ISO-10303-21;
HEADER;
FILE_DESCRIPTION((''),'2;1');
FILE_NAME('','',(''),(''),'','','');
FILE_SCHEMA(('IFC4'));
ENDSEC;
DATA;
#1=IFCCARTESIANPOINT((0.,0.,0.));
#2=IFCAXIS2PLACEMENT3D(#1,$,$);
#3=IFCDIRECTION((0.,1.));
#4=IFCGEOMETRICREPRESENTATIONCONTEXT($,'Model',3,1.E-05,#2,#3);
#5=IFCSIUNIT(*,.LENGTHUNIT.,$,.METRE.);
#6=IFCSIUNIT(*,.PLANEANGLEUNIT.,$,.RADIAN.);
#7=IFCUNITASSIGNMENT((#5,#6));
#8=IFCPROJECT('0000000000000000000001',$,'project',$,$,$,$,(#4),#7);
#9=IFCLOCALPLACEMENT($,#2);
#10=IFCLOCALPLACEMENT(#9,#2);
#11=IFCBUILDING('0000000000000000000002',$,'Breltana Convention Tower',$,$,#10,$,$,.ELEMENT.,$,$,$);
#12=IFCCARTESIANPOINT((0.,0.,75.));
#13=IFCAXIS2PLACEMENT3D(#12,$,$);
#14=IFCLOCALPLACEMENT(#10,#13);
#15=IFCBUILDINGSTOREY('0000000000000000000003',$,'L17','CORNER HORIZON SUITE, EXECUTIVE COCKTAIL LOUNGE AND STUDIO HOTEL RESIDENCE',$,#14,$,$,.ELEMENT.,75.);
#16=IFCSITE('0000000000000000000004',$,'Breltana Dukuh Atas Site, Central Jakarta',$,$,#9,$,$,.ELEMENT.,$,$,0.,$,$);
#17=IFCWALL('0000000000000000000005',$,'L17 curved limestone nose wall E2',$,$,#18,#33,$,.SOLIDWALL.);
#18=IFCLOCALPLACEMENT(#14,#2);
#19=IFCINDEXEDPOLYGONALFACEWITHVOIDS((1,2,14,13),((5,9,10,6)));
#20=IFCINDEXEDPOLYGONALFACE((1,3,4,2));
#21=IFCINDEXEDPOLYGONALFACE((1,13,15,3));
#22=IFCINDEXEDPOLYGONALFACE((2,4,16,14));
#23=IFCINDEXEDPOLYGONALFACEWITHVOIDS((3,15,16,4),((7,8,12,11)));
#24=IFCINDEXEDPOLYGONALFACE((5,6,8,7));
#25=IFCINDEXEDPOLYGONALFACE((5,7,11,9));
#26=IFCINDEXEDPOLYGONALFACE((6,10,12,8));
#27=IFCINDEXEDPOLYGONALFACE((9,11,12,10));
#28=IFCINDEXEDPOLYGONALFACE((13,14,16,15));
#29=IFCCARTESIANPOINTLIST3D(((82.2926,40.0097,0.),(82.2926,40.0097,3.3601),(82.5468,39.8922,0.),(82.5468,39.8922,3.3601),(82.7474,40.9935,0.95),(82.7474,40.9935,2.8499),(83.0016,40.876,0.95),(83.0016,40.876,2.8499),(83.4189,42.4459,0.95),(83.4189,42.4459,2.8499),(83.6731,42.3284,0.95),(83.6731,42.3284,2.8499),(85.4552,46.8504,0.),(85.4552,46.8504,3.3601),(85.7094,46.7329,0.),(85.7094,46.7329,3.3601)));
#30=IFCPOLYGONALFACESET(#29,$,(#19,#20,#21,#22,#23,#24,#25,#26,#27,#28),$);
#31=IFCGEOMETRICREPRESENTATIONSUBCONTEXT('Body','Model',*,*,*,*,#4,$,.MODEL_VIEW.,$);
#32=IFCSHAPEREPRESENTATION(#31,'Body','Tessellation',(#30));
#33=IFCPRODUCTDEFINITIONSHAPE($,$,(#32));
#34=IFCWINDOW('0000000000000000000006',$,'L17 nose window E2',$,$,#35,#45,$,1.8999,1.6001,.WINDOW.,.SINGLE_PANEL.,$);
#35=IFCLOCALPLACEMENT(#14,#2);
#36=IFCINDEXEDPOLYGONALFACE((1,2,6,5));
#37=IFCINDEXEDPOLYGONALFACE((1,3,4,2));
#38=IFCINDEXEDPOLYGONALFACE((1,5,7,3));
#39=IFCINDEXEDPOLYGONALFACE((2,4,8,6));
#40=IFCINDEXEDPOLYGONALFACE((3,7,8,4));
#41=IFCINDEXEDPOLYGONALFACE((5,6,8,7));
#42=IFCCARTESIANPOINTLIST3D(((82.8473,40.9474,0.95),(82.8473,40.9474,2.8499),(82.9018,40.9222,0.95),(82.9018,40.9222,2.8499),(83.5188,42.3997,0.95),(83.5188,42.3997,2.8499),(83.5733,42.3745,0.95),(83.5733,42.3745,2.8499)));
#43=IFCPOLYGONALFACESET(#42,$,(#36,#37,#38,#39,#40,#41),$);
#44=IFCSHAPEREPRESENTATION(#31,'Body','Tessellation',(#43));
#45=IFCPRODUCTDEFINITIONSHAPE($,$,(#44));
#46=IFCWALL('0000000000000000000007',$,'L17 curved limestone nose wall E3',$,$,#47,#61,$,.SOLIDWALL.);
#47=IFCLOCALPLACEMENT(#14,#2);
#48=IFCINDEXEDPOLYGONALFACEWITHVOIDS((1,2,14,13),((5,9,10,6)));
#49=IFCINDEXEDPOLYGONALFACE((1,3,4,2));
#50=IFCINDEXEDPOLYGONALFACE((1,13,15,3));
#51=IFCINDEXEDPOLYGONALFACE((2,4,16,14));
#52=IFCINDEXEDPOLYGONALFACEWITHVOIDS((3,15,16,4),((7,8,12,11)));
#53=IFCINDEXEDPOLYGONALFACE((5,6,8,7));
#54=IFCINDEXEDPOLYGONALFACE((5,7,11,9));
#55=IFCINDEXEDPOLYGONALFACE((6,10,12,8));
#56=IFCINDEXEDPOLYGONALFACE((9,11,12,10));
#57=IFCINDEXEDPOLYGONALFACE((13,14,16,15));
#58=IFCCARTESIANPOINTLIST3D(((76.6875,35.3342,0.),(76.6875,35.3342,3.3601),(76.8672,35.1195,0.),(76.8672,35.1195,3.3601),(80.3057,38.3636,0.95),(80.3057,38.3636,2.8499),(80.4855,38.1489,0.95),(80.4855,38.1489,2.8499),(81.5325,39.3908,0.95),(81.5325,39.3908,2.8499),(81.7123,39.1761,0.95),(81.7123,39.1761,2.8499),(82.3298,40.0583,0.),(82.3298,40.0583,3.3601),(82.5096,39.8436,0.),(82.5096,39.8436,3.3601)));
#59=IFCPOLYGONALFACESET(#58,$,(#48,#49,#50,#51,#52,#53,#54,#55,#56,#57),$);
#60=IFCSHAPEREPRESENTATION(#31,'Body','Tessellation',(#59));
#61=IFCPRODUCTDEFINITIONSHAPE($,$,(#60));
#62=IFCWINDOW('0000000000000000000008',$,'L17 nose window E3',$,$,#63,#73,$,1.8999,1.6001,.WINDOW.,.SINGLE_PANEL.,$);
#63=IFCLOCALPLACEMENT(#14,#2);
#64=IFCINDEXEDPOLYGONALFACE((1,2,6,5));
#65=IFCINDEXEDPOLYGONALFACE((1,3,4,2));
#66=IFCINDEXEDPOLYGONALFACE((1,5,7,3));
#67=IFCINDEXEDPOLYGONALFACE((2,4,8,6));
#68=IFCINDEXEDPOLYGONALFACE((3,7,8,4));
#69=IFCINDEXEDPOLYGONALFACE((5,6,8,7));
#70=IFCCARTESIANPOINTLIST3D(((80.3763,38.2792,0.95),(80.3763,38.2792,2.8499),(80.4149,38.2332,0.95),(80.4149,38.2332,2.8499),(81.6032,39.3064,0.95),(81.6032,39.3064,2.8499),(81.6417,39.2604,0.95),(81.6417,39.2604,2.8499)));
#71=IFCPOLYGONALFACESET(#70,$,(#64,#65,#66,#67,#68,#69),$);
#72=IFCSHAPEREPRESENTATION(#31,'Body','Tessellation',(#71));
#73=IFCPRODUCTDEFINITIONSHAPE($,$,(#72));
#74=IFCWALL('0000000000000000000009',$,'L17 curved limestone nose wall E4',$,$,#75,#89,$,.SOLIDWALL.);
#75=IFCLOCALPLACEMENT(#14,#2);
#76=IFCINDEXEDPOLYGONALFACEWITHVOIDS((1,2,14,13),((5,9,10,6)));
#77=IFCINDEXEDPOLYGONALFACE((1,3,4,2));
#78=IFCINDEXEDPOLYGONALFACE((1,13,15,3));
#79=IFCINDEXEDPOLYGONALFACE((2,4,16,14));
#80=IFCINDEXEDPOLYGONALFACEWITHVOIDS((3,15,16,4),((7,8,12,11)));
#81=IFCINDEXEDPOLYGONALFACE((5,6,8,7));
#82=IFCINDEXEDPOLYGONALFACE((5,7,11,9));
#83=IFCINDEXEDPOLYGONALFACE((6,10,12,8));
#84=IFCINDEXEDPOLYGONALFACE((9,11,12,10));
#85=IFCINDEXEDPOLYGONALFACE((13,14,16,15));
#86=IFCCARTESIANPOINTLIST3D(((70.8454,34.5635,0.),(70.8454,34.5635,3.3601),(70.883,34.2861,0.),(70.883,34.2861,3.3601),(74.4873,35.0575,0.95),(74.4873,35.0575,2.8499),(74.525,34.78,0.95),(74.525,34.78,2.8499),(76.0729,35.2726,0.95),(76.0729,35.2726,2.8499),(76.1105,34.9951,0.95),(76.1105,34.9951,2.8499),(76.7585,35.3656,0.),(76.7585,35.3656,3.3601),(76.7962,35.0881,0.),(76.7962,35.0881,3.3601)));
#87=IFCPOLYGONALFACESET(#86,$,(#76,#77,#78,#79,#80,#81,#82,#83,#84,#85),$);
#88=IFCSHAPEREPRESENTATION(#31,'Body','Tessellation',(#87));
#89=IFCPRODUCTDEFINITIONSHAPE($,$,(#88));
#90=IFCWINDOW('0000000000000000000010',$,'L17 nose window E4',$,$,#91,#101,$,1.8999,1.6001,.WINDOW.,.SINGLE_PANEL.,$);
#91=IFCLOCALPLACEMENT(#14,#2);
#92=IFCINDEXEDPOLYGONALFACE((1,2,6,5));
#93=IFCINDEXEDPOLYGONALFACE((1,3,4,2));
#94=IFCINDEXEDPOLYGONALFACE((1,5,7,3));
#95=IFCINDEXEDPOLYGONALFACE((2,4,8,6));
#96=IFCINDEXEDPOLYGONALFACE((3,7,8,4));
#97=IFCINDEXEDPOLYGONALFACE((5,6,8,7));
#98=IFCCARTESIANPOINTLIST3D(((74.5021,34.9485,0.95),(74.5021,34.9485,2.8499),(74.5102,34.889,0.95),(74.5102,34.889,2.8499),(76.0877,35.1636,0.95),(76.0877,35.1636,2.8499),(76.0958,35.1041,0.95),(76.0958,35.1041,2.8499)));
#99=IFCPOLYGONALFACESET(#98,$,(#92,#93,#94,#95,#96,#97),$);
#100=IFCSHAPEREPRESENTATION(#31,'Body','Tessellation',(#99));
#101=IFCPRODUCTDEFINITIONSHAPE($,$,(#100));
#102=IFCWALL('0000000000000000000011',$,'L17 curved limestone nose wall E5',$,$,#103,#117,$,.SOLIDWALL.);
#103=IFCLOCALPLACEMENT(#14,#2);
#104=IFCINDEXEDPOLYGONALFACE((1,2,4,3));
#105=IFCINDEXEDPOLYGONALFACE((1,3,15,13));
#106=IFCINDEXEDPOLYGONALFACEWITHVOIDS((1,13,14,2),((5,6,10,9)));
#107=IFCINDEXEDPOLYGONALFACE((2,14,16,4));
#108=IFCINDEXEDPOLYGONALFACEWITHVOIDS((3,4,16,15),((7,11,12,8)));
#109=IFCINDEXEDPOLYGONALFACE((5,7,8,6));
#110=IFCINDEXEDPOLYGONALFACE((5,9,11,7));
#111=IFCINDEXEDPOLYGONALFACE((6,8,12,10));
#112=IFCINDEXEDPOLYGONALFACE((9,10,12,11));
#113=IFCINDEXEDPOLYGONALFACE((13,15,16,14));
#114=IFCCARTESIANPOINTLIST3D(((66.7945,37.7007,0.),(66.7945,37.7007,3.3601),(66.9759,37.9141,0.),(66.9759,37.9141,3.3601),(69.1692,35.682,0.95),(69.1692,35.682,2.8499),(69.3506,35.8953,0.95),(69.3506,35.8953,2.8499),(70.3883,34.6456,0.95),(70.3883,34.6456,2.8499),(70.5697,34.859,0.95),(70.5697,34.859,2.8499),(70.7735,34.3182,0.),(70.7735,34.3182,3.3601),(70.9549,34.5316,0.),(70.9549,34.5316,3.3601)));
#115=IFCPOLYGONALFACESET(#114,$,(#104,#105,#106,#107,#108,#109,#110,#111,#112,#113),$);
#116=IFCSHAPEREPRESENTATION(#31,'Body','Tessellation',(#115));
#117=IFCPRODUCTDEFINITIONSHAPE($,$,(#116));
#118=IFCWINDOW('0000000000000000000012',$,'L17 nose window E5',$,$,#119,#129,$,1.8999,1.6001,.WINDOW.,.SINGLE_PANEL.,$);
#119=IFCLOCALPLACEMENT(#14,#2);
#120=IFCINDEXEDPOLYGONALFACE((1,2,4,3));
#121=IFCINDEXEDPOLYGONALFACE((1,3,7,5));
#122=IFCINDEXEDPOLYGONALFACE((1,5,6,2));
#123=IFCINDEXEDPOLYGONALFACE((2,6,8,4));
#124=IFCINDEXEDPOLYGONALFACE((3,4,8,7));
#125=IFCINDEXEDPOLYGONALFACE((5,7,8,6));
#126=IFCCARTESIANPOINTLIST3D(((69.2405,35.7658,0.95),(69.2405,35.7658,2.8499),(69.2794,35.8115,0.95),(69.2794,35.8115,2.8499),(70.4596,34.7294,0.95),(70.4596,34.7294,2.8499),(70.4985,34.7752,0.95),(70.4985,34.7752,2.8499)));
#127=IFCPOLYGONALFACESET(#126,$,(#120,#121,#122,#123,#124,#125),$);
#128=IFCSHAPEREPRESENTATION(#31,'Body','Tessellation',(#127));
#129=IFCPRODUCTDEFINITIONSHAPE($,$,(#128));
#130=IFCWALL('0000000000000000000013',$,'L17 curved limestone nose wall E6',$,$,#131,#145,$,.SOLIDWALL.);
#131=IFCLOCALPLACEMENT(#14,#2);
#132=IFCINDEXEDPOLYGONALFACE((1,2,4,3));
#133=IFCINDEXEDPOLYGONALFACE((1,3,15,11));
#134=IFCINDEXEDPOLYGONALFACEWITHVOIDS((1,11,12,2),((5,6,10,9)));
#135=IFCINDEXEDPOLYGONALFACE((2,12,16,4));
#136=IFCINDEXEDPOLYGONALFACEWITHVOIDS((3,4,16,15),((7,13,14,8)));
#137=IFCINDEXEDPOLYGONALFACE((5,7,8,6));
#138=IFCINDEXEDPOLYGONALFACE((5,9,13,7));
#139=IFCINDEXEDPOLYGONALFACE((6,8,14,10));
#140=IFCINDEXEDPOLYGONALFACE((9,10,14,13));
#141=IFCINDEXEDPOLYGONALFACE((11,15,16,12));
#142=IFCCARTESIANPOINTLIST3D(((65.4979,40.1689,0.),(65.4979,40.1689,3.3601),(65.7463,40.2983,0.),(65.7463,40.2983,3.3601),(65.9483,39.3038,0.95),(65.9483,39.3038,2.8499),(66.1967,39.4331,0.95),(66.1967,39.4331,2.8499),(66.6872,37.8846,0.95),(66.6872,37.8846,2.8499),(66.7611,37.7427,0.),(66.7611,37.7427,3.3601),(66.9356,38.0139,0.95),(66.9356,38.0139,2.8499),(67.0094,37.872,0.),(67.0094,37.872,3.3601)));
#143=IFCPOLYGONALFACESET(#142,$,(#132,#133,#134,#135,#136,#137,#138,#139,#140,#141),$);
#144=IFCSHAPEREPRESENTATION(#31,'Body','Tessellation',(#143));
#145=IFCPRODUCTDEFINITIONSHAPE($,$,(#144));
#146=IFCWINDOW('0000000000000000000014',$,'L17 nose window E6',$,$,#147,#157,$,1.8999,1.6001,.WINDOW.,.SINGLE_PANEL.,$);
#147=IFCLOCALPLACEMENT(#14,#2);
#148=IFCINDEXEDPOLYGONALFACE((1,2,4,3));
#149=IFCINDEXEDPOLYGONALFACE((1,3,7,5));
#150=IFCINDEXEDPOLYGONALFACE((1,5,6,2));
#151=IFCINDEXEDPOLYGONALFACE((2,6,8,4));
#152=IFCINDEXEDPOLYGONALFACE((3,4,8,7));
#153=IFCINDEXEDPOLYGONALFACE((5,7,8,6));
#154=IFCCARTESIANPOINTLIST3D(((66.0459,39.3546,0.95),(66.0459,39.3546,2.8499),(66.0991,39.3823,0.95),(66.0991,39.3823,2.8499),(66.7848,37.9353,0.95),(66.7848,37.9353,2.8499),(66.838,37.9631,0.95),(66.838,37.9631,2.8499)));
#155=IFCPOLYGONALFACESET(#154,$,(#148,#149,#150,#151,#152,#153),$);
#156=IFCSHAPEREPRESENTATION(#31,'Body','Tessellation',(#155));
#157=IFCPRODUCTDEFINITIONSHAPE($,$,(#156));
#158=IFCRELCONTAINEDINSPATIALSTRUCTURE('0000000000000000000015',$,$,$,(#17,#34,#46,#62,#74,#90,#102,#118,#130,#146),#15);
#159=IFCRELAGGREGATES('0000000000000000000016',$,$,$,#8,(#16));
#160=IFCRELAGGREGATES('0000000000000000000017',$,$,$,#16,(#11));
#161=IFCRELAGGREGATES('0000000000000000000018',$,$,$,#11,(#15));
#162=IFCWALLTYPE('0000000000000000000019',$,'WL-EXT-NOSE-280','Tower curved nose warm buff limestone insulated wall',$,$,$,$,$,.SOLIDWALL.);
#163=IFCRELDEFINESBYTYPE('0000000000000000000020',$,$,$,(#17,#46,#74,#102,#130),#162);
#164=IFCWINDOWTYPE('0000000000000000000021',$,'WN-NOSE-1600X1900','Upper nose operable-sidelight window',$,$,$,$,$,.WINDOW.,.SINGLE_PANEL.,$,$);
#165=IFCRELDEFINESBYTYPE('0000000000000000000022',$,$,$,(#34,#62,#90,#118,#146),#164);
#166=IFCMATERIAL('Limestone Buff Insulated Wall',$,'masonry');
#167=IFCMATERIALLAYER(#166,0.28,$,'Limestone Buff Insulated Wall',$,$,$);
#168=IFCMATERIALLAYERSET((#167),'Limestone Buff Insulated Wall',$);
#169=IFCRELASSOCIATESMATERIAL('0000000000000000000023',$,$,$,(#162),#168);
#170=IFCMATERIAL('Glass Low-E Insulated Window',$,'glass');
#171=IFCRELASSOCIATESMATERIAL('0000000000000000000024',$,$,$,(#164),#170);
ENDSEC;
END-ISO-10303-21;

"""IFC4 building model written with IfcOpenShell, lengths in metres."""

from ifc_helpers import new_model, si_unit, direction, frame, frame_2d, origin, place, context, subcontext, project, spatial, rectangle, extrude, source, transform, mapped, material, layer, layer_set, type_object, type_shapes, element, fill, save


model = new_model("IFC4")

# Units and contexts
model_context = context("Model", 3, precision=1e-05, world=origin(), true_north=direction((0.0, 1.0)))
body_context = subcontext(model_context, "Body", "Model", "MODEL_VIEW")
ifc_project = project(units=[si_unit("LENGTHUNIT", "METRE"), si_unit("PLANEANGLEUNIT", "RADIAN")], contexts=[model_context])

# Site, building, storey
site_placement = place(None, origin())
site = spatial("IfcSite", under=ifc_project, at=site_placement, Name="Breltana Dukuh Atas Site, Central Jakarta", CompositionType="ELEMENT", RefElevation=0.0)
building_placement = place(site_placement, origin())
building = spatial("IfcBuilding", under=site, at=building_placement, Name="Breltana Convention Tower", CompositionType="ELEMENT")
storey_placement = place(building_placement, frame((0.0, 0.0, 75.0)))
storey = spatial("IfcBuildingStorey", under=building, at=storey_placement, Name="L17", Description="CORNER HORIZON SUITE, EXECUTIVE COCKTAIL LOUNGE AND STUDIO HOTEL RESIDENCE", CompositionType="ELEMENT", Elevation=75.0)

# Walls, openings, windows
ifc_material_1 = material(Name="Limestone Buff Insulated Wall", Category="masonry")
ifc_layer_1 = layer(ifc_material_1, 0.28, Name="Limestone Buff Insulated Wall")
ifc_layer_set_1 = layer_set([ifc_layer_1], Name="Limestone Buff Insulated Wall")
wall_type_1 = type_object("IfcWallType", Name="WL-EXT-NOSE-280", Description="Tower curved nose warm buff limestone insulated wall", PredefinedType="SOLIDWALL", material=ifc_layer_set_1)
shared_shape_1 = source(origin(), body_context, "Body", "SweptSolid", [
    extrude(rectangle(XDim=7.5364, YDim=0.28, at=frame_2d((3.7681, 0.0))), origin(), (0.0, 0.0, 1.0), 3.3601),
])
wall_1_placement = place(storey_placement, frame((85.5823, 46.7915, 0.0), z_axis=(0.0, 0.0, 1.0), x_axis=(-0.41965, -0.907686, 0.0)))
wall_1 = element("IfcWall", 1, at=wall_1_placement, inside=storey, type_object=wall_type_1, Name="L17 curved limestone nose wall E2", PredefinedType="SOLIDWALL", context=body_context, shape_type="MappedRepresentation", body=[
    mapped(shared_shape_1, transform((0.0, 0.0, 0.0), scale=1.0)),
])
opening_1_placement = place(wall_1_placement, frame((4.8523, 0.0, 0.95)))
opening_1 = element("IfcOpeningElement", 2, at=opening_1_placement, cuts=wall_1, PredefinedType="OPENING", context=body_context, shape_type="SweptSolid", body=[
    extrude(rectangle(XDim=1.6001, YDim=1.8999, at=frame_2d((0.8, 0.95))), frame((0.0, 0.1499, 0.0), z_axis=(0.0, -1.0, 0.0), x_axis=(1.0, 0.0, 0.0)), (0.0, 0.0, 1.0), 0.3),
])
ifc_material_2 = material(Name="Glass Low-E Insulated Window", Category="glass")
window_type = type_object("IfcWindowType", Name="WN-NOSE-1600X1900", Description="Upper nose operable-sidelight window", PartitioningType="SINGLE_PANEL", PredefinedType="WINDOW", material=ifc_material_2)
shared_shape_2 = source(origin(), body_context, "Body", "SweptSolid", [
    extrude(rectangle(XDim=1.6001, YDim=1.8999, at=frame_2d((0.8, 0.95))), frame((0.0, 0.03, 0.0), z_axis=(0.0, -1.0, 0.0), x_axis=(1.0, 0.0, 0.0)), (0.0, 0.0, 1.0), 0.0601),
])
type_shapes(window_type, [shared_shape_2])
window_1_placement = place(opening_1_placement, origin())
window_1 = element("IfcWindow", 3, at=window_1_placement, inside=storey, type_object=window_type, Name="L17 nose window E2", OverallHeight=1.8999, OverallWidth=1.6001, PartitioningType="SINGLE_PANEL", PredefinedType="WINDOW", context=body_context, shape_type="MappedRepresentation", body=[
    mapped(shared_shape_2, transform((0.0, 0.0, 0.0), scale=1.0)),
])
fill(opening_1, window_1)
shared_shape_3 = source(origin(), body_context, "Body", "SweptSolid", [
    extrude(rectangle(XDim=7.3589, YDim=0.28, at=frame_2d((3.6794, 0.0))), origin(), (0.0, 0.0, 1.0), 3.3601),
])
wall_2_placement = place(storey_placement, frame((82.4197, 39.9509, 0.0), z_axis=(0.0, 0.0, 1.0), x_axis=(-0.766737, -0.641961, 0.0)))
wall_2 = element("IfcWall", 4, at=wall_2_placement, inside=storey, type_object=wall_type_1, Name="L17 curved limestone nose wall E3", PredefinedType="SOLIDWALL", context=body_context, shape_type="MappedRepresentation", body=[
    mapped(shared_shape_3, transform((0.0, 0.0, 0.0), scale=1.0)),
])
opening_2_placement = place(wall_2_placement, frame((1.0398, 0.0, 0.95)))
opening_2 = element("IfcOpeningElement", 5, at=opening_2_placement, cuts=wall_2, PredefinedType="OPENING", context=body_context, shape_type="SweptSolid", body=[
    extrude(rectangle(XDim=1.6001, YDim=1.8999, at=frame_2d((0.8, 0.95))), frame((0.0, 0.1499, 0.0), z_axis=(0.0, -1.0, 0.0), x_axis=(1.0, 0.0, 0.0)), (0.0, 0.0, 1.0), 0.3),
])
window_2_placement = place(opening_2_placement, origin())
window_2 = element("IfcWindow", 6, at=window_2_placement, inside=storey, type_object=window_type, Name="L17 nose window E3", OverallHeight=1.8999, OverallWidth=1.6001, PartitioningType="SINGLE_PANEL", PredefinedType="WINDOW", context=body_context, shape_type="MappedRepresentation", body=[
    mapped(shared_shape_2, transform((0.0, 0.0, 0.0), scale=1.0)),
])
fill(opening_2, window_2)
shared_shape_4 = source(origin(), body_context, "Body", "SweptSolid", [
    extrude(rectangle(XDim=5.9673, YDim=0.28, at=frame_2d((2.9836, 0.0))), origin(), (0.0, 0.0, 1.0), 3.3601),
])
wall_3_placement = place(storey_placement, frame((76.7773, 35.2268, 0.0), z_axis=(0.0, 0.0, 1.0), x_axis=(-0.990927, -0.134401, 0.0)))
wall_3 = element("IfcWall", 7, at=wall_3_placement, inside=storey, type_object=wall_type_1, Name="L17 curved limestone nose wall E4", PredefinedType="SOLIDWALL", context=body_context, shape_type="MappedRepresentation", body=[
    mapped(shared_shape_4, transform((0.0, 0.0, 0.0), scale=1.0)),
])
opening_3_placement = place(wall_3_placement, frame((0.6919, 0.0, 0.95)))
opening_3 = element("IfcOpeningElement", 8, at=opening_3_placement, cuts=wall_3, PredefinedType="OPENING", context=body_context, shape_type="SweptSolid", body=[
    extrude(rectangle(XDim=1.6001, YDim=1.8999, at=frame_2d((0.8, 0.95))), frame((0.0, 0.1499, 0.0), z_axis=(0.0, -1.0, 0.0), x_axis=(1.0, 0.0, 0.0)), (0.0, 0.0, 1.0), 0.3),
])
window_3_placement = place(opening_3_placement, origin())
window_3 = element("IfcWindow", 9, at=window_3_placement, inside=storey, type_object=window_type, Name="L17 nose window E4", OverallHeight=1.8999, OverallWidth=1.6001, PartitioningType="SINGLE_PANEL", PredefinedType="WINDOW", context=body_context, shape_type="MappedRepresentation", body=[
    mapped(shared_shape_2, transform((0.0, 0.0, 0.0), scale=1.0)),
])
fill(opening_3, window_3)
shared_shape_5 = source(origin(), body_context, "Body", "SweptSolid", [
    extrude(rectangle(XDim=5.2224, YDim=0.28, at=frame_2d((2.6113, 0.0))), origin(), (0.0, 0.0, 1.0), 3.3601),
])
wall_4_placement = place(storey_placement, frame((70.8643, 34.4248, 0.0), z_axis=(0.0, 0.0, 1.0), x_axis=(-0.7619, 0.647695, 0.0)))
wall_4 = element("IfcWall", 10, at=wall_4_placement, inside=storey, type_object=wall_type_1, Name="L17 curved limestone nose wall E5", PredefinedType="SOLIDWALL", context=body_context, shape_type="MappedRepresentation", body=[
    mapped(shared_shape_5, transform((0.0, 0.0, 0.0), scale=1.0)),
])
opening_4_placement = place(wall_4_placement, frame((0.5056, 0.0, 0.95)))
opening_4 = element("IfcOpeningElement", 11, at=opening_4_placement, cuts=wall_4, PredefinedType="OPENING", context=body_context, shape_type="SweptSolid", body=[
    extrude(rectangle(XDim=1.6001, YDim=1.8999, at=frame_2d((0.8, 0.95))), frame((0.0, 0.1499, 0.0), z_axis=(0.0, -1.0, 0.0), x_axis=(1.0, 0.0, 0.0)), (0.0, 0.0, 1.0), 0.3),
])
window_4_placement = place(opening_4_placement, origin())
window_4 = element("IfcWindow", 12, at=window_4_placement, inside=storey, type_object=window_type, Name="L17 nose window E5", OverallHeight=1.8999, OverallWidth=1.6001, PartitioningType="SINGLE_PANEL", PredefinedType="WINDOW", context=body_context, shape_type="MappedRepresentation", body=[
    mapped(shared_shape_2, transform((0.0, 0.0, 0.0), scale=1.0)),
])
fill(opening_4, window_4)
shared_shape_6 = source(origin(), body_context, "Body", "SweptSolid", [
    extrude(rectangle(XDim=2.7354, YDim=0.28, at=frame_2d((1.3677, 0.0))), origin(), (0.0, 0.0, 1.0), 3.3601),
])
wall_5_placement = place(storey_placement, frame((66.8853, 37.8074, 0.0), z_axis=(0.0, 0.0, 1.0), x_axis=(-0.461791, 0.886989, 0.0)))
wall_5 = element("IfcWall", 13, at=wall_5_placement, inside=storey, type_object=wall_type_1, Name="L17 curved limestone nose wall E6", PredefinedType="SOLIDWALL", context=body_context, shape_type="MappedRepresentation", body=[
    mapped(shared_shape_6, transform((0.0, 0.0, 0.0), scale=1.0)),
])
opening_5_placement = place(wall_5_placement, frame((0.1599, 0.0, 0.95)))
opening_5 = element("IfcOpeningElement", 14, at=opening_5_placement, cuts=wall_5, PredefinedType="OPENING", context=body_context, shape_type="SweptSolid", body=[
    extrude(rectangle(XDim=1.6001, YDim=1.8999, at=frame_2d((0.8, 0.95))), frame((0.0, 0.1499, 0.0), z_axis=(0.0, -1.0, 0.0), x_axis=(1.0, 0.0, 0.0)), (0.0, 0.0, 1.0), 0.3),
])
window_5_placement = place(opening_5_placement, origin())
window_5 = element("IfcWindow", 15, at=window_5_placement, inside=storey, type_object=window_type, Name="L17 nose window E6", OverallHeight=1.8999, OverallWidth=1.6001, PartitioningType="SINGLE_PANEL", PredefinedType="WINDOW", context=body_context, shape_type="MappedRepresentation", body=[
    mapped(shared_shape_2, transform((0.0, 0.0, 0.0), scale=1.0)),
])
fill(opening_5, window_5)

save(model, "model.ifc")
